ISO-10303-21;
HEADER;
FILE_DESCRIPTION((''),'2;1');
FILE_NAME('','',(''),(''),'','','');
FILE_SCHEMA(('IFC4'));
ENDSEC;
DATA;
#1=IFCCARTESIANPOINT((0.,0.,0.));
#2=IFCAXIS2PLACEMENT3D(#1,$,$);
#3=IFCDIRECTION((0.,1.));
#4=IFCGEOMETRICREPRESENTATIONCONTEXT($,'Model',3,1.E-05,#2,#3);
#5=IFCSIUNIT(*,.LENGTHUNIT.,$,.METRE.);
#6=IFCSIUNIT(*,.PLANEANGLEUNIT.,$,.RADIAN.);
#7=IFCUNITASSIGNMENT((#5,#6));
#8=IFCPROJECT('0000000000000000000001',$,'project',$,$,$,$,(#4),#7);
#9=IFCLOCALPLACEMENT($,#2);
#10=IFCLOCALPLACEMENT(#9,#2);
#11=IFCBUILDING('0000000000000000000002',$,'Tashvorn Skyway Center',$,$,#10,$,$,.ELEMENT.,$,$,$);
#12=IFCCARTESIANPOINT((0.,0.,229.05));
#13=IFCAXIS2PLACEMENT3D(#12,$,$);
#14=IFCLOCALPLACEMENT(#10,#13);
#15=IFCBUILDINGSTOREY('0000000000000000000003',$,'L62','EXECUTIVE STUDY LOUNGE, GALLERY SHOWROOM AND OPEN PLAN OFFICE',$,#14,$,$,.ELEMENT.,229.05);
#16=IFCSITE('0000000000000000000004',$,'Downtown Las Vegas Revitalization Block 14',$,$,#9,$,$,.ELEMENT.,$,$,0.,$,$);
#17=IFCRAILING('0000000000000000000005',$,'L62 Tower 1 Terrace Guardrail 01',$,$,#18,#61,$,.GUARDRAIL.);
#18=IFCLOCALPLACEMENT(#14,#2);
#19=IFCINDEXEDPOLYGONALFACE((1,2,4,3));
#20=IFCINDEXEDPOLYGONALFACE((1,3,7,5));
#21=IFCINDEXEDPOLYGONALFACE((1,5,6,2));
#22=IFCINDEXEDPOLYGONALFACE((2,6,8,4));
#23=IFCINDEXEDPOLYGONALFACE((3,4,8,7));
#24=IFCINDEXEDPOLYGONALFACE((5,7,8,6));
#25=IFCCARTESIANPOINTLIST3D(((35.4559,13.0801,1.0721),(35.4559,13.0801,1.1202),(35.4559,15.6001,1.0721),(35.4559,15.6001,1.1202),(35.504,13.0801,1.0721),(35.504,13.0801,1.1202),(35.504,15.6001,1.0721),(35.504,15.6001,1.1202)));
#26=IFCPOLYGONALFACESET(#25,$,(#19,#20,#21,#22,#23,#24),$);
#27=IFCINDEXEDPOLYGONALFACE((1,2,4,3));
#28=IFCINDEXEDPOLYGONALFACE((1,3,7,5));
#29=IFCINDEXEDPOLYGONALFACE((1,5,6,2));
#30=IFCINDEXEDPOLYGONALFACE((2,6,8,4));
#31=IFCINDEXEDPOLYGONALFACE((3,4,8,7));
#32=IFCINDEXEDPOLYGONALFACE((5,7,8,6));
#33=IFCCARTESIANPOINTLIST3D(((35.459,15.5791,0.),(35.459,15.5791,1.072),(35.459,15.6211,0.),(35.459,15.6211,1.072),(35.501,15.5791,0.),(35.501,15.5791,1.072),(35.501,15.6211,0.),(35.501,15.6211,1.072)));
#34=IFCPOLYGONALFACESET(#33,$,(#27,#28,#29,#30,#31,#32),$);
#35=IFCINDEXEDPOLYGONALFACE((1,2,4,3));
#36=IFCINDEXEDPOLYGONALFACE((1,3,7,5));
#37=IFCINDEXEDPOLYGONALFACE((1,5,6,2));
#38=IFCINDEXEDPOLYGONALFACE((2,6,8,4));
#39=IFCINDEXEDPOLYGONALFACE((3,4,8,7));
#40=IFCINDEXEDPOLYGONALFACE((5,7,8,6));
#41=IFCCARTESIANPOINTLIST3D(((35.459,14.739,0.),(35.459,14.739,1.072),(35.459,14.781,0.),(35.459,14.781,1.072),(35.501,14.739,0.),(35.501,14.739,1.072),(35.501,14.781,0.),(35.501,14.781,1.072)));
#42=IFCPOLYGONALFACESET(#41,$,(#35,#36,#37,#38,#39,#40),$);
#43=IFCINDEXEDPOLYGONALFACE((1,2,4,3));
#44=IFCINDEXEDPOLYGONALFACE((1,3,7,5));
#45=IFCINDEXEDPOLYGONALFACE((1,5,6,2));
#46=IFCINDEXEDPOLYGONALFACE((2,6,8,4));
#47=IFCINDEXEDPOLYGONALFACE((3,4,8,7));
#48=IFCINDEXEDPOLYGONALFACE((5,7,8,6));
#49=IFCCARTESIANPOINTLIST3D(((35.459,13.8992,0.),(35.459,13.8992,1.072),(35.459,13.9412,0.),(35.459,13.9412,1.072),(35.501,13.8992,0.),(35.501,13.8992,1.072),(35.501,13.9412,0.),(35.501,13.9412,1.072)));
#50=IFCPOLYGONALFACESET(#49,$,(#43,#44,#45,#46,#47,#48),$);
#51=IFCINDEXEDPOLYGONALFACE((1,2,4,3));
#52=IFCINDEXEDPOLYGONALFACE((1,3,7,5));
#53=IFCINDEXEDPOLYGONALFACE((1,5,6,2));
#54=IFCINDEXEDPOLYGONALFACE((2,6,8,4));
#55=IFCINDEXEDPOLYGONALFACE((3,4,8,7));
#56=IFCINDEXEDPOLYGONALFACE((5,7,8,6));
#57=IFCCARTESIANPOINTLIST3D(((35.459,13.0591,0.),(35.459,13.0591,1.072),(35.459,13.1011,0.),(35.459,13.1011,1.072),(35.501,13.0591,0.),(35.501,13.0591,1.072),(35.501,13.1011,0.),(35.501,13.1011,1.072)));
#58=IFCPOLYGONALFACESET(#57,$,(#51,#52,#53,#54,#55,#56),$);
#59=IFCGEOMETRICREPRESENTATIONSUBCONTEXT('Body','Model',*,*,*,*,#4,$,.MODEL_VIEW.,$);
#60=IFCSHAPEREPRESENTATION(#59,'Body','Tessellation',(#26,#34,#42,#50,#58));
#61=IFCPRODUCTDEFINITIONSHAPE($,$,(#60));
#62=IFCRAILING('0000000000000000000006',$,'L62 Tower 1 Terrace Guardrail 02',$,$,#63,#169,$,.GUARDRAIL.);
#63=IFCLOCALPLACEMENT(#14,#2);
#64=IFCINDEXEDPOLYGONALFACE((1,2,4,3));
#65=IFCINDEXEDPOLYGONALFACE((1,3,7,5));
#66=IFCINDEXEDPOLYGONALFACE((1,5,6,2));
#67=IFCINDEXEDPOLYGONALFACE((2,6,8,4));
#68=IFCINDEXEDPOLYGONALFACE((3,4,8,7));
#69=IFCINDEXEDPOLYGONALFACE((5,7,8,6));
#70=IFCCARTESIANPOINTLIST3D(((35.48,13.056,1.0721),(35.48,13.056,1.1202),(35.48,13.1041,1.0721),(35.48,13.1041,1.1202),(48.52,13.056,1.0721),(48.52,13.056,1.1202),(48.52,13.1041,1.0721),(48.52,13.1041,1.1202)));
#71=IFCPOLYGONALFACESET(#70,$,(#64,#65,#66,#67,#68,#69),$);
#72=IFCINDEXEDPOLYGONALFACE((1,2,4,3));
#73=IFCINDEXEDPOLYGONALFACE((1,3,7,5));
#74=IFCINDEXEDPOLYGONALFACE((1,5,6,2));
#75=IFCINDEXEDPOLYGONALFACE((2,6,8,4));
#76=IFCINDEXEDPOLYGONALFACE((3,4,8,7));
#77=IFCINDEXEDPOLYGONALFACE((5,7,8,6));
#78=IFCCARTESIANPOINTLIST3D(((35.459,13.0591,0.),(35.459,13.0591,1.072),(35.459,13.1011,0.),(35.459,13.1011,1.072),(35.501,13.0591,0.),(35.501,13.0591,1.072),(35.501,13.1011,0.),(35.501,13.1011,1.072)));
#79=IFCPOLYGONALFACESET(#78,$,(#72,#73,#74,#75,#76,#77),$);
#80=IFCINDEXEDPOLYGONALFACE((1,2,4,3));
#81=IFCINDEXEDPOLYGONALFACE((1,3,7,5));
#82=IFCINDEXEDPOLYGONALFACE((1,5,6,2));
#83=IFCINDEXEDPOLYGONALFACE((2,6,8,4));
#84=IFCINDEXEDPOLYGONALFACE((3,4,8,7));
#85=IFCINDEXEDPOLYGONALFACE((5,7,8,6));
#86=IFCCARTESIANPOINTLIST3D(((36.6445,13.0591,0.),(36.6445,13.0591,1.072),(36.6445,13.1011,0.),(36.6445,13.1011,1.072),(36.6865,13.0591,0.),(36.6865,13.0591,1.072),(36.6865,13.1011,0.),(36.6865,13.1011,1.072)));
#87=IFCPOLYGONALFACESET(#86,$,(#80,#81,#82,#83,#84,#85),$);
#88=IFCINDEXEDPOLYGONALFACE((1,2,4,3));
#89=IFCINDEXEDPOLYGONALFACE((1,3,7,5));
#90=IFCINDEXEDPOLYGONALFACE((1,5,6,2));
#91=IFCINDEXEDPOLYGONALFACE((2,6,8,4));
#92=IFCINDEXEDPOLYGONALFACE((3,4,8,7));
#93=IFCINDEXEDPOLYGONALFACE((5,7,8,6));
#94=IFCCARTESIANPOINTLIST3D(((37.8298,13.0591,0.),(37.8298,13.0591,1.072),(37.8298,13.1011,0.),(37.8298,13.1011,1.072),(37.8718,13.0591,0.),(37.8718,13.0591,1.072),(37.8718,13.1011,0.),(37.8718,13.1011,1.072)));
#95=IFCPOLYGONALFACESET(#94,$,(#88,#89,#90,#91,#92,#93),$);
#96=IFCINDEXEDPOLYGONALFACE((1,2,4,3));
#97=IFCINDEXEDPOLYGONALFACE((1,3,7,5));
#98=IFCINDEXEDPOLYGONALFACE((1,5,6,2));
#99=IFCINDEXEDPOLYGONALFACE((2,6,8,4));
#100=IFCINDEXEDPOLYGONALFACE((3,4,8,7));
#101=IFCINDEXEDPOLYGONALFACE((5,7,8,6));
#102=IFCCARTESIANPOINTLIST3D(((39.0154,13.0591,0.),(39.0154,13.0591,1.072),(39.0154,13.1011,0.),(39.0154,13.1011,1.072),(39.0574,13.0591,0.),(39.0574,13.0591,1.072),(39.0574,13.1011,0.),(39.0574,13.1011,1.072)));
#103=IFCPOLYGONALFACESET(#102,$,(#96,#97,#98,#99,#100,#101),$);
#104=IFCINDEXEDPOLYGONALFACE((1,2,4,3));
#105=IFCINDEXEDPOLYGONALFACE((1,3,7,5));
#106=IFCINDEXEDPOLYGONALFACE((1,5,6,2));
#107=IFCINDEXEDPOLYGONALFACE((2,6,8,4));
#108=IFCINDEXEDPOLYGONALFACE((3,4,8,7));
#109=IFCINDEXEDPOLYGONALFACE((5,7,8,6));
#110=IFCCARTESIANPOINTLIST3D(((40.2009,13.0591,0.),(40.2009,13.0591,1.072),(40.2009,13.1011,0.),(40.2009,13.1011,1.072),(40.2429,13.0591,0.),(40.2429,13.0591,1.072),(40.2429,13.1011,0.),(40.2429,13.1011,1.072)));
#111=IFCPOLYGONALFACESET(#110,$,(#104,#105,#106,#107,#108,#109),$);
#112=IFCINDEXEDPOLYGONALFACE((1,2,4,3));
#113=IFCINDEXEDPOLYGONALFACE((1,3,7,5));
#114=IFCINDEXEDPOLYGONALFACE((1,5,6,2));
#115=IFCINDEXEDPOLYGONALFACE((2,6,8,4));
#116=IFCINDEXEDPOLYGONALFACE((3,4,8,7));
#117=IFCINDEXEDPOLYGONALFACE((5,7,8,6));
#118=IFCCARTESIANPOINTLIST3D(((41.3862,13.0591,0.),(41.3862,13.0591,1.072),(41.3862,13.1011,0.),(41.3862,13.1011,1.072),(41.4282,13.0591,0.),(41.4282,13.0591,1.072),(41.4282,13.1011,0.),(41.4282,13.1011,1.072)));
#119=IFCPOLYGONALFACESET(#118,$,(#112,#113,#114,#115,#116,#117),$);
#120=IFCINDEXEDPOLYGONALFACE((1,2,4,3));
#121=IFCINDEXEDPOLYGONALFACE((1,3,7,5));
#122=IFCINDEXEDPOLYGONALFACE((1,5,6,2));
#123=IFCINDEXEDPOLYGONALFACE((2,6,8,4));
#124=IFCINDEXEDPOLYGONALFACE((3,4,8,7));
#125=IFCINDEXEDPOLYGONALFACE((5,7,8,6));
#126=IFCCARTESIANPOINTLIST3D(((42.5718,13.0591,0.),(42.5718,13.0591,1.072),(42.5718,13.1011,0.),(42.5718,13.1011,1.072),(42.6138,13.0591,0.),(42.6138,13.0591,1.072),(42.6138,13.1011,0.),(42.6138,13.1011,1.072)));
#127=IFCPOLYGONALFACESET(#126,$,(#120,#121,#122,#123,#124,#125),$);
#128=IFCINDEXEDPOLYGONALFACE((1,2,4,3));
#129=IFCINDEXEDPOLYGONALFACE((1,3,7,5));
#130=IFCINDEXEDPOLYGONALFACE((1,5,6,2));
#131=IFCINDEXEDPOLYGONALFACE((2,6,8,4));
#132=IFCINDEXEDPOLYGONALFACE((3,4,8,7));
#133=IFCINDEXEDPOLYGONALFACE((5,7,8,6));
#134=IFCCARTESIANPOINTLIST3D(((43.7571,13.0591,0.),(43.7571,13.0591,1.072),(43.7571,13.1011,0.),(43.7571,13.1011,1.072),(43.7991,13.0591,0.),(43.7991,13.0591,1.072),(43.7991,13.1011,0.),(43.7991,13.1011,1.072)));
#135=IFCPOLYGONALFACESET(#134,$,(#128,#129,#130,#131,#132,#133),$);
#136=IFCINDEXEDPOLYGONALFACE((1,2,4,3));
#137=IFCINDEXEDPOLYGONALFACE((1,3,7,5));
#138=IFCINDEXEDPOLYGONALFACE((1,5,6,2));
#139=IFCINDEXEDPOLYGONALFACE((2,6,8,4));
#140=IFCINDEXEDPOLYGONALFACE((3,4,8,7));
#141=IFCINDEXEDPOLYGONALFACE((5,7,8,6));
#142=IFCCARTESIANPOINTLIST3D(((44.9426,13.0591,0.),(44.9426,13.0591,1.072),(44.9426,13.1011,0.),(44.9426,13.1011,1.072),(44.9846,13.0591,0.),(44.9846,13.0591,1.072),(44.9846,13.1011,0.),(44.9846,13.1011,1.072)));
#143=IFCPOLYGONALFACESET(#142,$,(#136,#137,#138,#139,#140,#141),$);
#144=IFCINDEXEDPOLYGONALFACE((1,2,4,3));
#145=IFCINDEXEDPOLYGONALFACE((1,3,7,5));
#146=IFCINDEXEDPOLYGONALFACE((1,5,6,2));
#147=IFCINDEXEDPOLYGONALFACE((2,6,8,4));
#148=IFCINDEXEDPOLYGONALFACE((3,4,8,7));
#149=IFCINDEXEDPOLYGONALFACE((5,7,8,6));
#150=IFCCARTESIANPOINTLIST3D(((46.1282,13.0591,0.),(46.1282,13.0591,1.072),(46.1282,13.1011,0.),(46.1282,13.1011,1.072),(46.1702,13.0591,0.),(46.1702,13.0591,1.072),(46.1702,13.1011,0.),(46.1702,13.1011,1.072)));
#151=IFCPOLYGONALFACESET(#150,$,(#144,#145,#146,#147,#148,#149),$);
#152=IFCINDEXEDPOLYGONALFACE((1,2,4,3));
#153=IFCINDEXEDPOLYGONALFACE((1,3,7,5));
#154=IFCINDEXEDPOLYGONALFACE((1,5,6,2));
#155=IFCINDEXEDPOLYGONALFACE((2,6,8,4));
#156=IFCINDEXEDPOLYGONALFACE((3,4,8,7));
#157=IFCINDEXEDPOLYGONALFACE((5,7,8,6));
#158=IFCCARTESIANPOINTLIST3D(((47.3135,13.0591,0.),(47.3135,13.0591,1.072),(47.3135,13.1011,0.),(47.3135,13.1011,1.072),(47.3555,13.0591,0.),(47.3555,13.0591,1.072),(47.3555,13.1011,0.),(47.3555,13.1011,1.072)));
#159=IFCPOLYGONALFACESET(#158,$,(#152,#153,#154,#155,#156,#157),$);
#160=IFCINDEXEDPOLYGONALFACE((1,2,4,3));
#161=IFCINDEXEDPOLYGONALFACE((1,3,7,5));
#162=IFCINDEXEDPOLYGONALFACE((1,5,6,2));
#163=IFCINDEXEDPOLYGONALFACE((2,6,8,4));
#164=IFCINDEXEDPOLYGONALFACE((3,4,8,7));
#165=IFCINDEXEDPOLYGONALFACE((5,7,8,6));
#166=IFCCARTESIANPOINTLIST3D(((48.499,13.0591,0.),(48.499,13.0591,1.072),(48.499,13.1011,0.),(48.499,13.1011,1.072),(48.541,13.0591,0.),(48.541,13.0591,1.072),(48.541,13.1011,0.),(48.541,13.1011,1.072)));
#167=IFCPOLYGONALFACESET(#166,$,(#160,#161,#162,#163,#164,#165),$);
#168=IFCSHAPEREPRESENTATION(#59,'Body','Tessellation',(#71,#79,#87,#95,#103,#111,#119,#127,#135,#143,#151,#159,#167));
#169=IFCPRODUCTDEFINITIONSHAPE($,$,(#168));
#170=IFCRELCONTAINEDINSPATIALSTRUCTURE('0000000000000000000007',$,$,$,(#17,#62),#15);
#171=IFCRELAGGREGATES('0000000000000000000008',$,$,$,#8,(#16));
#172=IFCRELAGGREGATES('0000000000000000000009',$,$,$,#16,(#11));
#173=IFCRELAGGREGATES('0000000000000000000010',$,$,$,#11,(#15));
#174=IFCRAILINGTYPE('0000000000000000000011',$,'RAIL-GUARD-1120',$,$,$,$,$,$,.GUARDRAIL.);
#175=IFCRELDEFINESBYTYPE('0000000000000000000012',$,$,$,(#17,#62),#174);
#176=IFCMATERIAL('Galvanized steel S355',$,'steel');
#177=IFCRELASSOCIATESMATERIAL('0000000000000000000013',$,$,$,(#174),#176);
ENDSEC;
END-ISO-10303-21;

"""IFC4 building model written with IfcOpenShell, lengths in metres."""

from ifc_helpers import new_model, si_unit, direction, frame, origin, origin_2d, place, context, subcontext, project, spatial, rectangle, extrude, material, type_object, element, save


model = new_model("IFC4")

# Units and contexts
model_context = context("Model", 3, precision=1e-05, world=origin(), true_north=direction((0.0, 1.0)))
body_context = subcontext(model_context, "Body", "Model", "MODEL_VIEW")
ifc_project = project(units=[si_unit("LENGTHUNIT", "METRE"), si_unit("PLANEANGLEUNIT", "RADIAN")], contexts=[model_context])

# Site, building, storey
site_placement = place(None, origin())
site = spatial("IfcSite", under=ifc_project, at=site_placement, Name="Downtown Las Vegas Revitalization Block 14", CompositionType="ELEMENT", RefElevation=0.0)
building_placement = place(site_placement, origin())
building = spatial("IfcBuilding", under=site, at=building_placement, Name="Tashvorn Skyway Center", CompositionType="ELEMENT")
storey_placement = place(building_placement, frame((0.0, 0.0, 229.05)))
storey = spatial("IfcBuildingStorey", under=building, at=storey_placement, Name="L62", Description="EXECUTIVE STUDY LOUNGE, GALLERY SHOWROOM AND OPEN PLAN OFFICE", CompositionType="ELEMENT", Elevation=229.05)

# Railings
ifc_material_1 = material(Name="Galvanized steel S355", Category="steel")
railing_type = type_object("IfcRailingType", Name="RAIL-GUARD-1120", PredefinedType="GUARDRAIL", material=ifc_material_1)
railing_1_placement = place(storey_placement, frame((35.48, 15.6001, 0.0)))
element("IfcRailing", 1, at=railing_1_placement, inside=storey, type_object=railing_type, Name="L62 Tower 1 Terrace Guardrail 01", PredefinedType="GUARDRAIL", context=body_context, shape_type="SweptSolid", body=[
    extrude(rectangle(XDim=0.0481, YDim=0.0481, at=origin_2d()), frame((0.0, 0.0, 1.0962), z_axis=(0.0, -1.0, 0.0), x_axis=(1.0, 0.0, 0.0)), (0.0, 0.0, 1.0), 2.52),
    extrude(rectangle(XDim=0.042, YDim=0.042, at=origin_2d()), origin(), (0.0, 0.0, 1.0), 1.072),
    extrude(rectangle(XDim=0.042, YDim=0.042, at=origin_2d()), frame((0.0, -0.8401, 0.0)), (0.0, 0.0, 1.0), 1.072),
    extrude(rectangle(XDim=0.042, YDim=0.042, at=origin_2d()), frame((0.0, -1.6799, 0.0)), (0.0, 0.0, 1.0), 1.072),
    extrude(rectangle(XDim=0.042, YDim=0.042, at=origin_2d()), frame((0.0, -2.52, 0.0)), (0.0, 0.0, 1.0), 1.072),
])
railing_2_placement = place(storey_placement, frame((35.48, 13.0801, 0.0)))
element("IfcRailing", 2, at=railing_2_placement, inside=storey, type_object=railing_type, Name="L62 Tower 1 Terrace Guardrail 02", PredefinedType="GUARDRAIL", context=body_context, shape_type="SweptSolid", body=[
    extrude(rectangle(XDim=0.0481, YDim=0.0481, at=origin_2d()), frame((0.0, 0.0, 1.0962), z_axis=(1.0, 0.0, 0.0), x_axis=(0.0, 1.0, 0.0)), (0.0, 0.0, 1.0), 13.04),
    extrude(rectangle(XDim=0.042, YDim=0.042, at=origin_2d()), origin(), (0.0, 0.0, 1.0), 1.072),
    extrude(rectangle(XDim=0.042, YDim=0.042, at=origin_2d()), frame((1.1855, 0.0, 0.0)), (0.0, 0.0, 1.0), 1.072),
    extrude(rectangle(XDim=0.042, YDim=0.042, at=origin_2d()), frame((2.3708, 0.0, 0.0)), (0.0, 0.0, 1.0), 1.072),
    extrude(rectangle(XDim=0.042, YDim=0.042, at=origin_2d()), frame((3.5564, 0.0, 0.0)), (0.0, 0.0, 1.0), 1.072),
    extrude(rectangle(XDim=0.042, YDim=0.042, at=origin_2d()), frame((4.7419, 0.0, 0.0)), (0.0, 0.0, 1.0), 1.072),
    extrude(rectangle(XDim=0.042, YDim=0.042, at=origin_2d()), frame((5.9272, 0.0, 0.0)), (0.0, 0.0, 1.0), 1.072),
    extrude(rectangle(XDim=0.042, YDim=0.042, at=origin_2d()), frame((7.1128, 0.0, 0.0)), (0.0, 0.0, 1.0), 1.072),
    extrude(rectangle(XDim=0.042, YDim=0.042, at=origin_2d()), frame((8.2981, 0.0, 0.0)), (0.0, 0.0, 1.0), 1.072),
    extrude(rectangle(XDim=0.042, YDim=0.042, at=origin_2d()), frame((9.4836, 0.0, 0.0)), (0.0, 0.0, 1.0), 1.072),
    extrude(rectangle(XDim=0.042, YDim=0.042, at=origin_2d()), frame((10.6692, 0.0, 0.0)), (0.0, 0.0, 1.0), 1.072),
    extrude(rectangle(XDim=0.042, YDim=0.042, at=origin_2d()), frame((11.8545, 0.0, 0.0)), (0.0, 0.0, 1.0), 1.072),
    extrude(rectangle(XDim=0.042, YDim=0.042, at=origin_2d()), frame((13.04, 0.0, 0.0)), (0.0, 0.0, 1.0), 1.072),
])

save(model, "model.ifc")
